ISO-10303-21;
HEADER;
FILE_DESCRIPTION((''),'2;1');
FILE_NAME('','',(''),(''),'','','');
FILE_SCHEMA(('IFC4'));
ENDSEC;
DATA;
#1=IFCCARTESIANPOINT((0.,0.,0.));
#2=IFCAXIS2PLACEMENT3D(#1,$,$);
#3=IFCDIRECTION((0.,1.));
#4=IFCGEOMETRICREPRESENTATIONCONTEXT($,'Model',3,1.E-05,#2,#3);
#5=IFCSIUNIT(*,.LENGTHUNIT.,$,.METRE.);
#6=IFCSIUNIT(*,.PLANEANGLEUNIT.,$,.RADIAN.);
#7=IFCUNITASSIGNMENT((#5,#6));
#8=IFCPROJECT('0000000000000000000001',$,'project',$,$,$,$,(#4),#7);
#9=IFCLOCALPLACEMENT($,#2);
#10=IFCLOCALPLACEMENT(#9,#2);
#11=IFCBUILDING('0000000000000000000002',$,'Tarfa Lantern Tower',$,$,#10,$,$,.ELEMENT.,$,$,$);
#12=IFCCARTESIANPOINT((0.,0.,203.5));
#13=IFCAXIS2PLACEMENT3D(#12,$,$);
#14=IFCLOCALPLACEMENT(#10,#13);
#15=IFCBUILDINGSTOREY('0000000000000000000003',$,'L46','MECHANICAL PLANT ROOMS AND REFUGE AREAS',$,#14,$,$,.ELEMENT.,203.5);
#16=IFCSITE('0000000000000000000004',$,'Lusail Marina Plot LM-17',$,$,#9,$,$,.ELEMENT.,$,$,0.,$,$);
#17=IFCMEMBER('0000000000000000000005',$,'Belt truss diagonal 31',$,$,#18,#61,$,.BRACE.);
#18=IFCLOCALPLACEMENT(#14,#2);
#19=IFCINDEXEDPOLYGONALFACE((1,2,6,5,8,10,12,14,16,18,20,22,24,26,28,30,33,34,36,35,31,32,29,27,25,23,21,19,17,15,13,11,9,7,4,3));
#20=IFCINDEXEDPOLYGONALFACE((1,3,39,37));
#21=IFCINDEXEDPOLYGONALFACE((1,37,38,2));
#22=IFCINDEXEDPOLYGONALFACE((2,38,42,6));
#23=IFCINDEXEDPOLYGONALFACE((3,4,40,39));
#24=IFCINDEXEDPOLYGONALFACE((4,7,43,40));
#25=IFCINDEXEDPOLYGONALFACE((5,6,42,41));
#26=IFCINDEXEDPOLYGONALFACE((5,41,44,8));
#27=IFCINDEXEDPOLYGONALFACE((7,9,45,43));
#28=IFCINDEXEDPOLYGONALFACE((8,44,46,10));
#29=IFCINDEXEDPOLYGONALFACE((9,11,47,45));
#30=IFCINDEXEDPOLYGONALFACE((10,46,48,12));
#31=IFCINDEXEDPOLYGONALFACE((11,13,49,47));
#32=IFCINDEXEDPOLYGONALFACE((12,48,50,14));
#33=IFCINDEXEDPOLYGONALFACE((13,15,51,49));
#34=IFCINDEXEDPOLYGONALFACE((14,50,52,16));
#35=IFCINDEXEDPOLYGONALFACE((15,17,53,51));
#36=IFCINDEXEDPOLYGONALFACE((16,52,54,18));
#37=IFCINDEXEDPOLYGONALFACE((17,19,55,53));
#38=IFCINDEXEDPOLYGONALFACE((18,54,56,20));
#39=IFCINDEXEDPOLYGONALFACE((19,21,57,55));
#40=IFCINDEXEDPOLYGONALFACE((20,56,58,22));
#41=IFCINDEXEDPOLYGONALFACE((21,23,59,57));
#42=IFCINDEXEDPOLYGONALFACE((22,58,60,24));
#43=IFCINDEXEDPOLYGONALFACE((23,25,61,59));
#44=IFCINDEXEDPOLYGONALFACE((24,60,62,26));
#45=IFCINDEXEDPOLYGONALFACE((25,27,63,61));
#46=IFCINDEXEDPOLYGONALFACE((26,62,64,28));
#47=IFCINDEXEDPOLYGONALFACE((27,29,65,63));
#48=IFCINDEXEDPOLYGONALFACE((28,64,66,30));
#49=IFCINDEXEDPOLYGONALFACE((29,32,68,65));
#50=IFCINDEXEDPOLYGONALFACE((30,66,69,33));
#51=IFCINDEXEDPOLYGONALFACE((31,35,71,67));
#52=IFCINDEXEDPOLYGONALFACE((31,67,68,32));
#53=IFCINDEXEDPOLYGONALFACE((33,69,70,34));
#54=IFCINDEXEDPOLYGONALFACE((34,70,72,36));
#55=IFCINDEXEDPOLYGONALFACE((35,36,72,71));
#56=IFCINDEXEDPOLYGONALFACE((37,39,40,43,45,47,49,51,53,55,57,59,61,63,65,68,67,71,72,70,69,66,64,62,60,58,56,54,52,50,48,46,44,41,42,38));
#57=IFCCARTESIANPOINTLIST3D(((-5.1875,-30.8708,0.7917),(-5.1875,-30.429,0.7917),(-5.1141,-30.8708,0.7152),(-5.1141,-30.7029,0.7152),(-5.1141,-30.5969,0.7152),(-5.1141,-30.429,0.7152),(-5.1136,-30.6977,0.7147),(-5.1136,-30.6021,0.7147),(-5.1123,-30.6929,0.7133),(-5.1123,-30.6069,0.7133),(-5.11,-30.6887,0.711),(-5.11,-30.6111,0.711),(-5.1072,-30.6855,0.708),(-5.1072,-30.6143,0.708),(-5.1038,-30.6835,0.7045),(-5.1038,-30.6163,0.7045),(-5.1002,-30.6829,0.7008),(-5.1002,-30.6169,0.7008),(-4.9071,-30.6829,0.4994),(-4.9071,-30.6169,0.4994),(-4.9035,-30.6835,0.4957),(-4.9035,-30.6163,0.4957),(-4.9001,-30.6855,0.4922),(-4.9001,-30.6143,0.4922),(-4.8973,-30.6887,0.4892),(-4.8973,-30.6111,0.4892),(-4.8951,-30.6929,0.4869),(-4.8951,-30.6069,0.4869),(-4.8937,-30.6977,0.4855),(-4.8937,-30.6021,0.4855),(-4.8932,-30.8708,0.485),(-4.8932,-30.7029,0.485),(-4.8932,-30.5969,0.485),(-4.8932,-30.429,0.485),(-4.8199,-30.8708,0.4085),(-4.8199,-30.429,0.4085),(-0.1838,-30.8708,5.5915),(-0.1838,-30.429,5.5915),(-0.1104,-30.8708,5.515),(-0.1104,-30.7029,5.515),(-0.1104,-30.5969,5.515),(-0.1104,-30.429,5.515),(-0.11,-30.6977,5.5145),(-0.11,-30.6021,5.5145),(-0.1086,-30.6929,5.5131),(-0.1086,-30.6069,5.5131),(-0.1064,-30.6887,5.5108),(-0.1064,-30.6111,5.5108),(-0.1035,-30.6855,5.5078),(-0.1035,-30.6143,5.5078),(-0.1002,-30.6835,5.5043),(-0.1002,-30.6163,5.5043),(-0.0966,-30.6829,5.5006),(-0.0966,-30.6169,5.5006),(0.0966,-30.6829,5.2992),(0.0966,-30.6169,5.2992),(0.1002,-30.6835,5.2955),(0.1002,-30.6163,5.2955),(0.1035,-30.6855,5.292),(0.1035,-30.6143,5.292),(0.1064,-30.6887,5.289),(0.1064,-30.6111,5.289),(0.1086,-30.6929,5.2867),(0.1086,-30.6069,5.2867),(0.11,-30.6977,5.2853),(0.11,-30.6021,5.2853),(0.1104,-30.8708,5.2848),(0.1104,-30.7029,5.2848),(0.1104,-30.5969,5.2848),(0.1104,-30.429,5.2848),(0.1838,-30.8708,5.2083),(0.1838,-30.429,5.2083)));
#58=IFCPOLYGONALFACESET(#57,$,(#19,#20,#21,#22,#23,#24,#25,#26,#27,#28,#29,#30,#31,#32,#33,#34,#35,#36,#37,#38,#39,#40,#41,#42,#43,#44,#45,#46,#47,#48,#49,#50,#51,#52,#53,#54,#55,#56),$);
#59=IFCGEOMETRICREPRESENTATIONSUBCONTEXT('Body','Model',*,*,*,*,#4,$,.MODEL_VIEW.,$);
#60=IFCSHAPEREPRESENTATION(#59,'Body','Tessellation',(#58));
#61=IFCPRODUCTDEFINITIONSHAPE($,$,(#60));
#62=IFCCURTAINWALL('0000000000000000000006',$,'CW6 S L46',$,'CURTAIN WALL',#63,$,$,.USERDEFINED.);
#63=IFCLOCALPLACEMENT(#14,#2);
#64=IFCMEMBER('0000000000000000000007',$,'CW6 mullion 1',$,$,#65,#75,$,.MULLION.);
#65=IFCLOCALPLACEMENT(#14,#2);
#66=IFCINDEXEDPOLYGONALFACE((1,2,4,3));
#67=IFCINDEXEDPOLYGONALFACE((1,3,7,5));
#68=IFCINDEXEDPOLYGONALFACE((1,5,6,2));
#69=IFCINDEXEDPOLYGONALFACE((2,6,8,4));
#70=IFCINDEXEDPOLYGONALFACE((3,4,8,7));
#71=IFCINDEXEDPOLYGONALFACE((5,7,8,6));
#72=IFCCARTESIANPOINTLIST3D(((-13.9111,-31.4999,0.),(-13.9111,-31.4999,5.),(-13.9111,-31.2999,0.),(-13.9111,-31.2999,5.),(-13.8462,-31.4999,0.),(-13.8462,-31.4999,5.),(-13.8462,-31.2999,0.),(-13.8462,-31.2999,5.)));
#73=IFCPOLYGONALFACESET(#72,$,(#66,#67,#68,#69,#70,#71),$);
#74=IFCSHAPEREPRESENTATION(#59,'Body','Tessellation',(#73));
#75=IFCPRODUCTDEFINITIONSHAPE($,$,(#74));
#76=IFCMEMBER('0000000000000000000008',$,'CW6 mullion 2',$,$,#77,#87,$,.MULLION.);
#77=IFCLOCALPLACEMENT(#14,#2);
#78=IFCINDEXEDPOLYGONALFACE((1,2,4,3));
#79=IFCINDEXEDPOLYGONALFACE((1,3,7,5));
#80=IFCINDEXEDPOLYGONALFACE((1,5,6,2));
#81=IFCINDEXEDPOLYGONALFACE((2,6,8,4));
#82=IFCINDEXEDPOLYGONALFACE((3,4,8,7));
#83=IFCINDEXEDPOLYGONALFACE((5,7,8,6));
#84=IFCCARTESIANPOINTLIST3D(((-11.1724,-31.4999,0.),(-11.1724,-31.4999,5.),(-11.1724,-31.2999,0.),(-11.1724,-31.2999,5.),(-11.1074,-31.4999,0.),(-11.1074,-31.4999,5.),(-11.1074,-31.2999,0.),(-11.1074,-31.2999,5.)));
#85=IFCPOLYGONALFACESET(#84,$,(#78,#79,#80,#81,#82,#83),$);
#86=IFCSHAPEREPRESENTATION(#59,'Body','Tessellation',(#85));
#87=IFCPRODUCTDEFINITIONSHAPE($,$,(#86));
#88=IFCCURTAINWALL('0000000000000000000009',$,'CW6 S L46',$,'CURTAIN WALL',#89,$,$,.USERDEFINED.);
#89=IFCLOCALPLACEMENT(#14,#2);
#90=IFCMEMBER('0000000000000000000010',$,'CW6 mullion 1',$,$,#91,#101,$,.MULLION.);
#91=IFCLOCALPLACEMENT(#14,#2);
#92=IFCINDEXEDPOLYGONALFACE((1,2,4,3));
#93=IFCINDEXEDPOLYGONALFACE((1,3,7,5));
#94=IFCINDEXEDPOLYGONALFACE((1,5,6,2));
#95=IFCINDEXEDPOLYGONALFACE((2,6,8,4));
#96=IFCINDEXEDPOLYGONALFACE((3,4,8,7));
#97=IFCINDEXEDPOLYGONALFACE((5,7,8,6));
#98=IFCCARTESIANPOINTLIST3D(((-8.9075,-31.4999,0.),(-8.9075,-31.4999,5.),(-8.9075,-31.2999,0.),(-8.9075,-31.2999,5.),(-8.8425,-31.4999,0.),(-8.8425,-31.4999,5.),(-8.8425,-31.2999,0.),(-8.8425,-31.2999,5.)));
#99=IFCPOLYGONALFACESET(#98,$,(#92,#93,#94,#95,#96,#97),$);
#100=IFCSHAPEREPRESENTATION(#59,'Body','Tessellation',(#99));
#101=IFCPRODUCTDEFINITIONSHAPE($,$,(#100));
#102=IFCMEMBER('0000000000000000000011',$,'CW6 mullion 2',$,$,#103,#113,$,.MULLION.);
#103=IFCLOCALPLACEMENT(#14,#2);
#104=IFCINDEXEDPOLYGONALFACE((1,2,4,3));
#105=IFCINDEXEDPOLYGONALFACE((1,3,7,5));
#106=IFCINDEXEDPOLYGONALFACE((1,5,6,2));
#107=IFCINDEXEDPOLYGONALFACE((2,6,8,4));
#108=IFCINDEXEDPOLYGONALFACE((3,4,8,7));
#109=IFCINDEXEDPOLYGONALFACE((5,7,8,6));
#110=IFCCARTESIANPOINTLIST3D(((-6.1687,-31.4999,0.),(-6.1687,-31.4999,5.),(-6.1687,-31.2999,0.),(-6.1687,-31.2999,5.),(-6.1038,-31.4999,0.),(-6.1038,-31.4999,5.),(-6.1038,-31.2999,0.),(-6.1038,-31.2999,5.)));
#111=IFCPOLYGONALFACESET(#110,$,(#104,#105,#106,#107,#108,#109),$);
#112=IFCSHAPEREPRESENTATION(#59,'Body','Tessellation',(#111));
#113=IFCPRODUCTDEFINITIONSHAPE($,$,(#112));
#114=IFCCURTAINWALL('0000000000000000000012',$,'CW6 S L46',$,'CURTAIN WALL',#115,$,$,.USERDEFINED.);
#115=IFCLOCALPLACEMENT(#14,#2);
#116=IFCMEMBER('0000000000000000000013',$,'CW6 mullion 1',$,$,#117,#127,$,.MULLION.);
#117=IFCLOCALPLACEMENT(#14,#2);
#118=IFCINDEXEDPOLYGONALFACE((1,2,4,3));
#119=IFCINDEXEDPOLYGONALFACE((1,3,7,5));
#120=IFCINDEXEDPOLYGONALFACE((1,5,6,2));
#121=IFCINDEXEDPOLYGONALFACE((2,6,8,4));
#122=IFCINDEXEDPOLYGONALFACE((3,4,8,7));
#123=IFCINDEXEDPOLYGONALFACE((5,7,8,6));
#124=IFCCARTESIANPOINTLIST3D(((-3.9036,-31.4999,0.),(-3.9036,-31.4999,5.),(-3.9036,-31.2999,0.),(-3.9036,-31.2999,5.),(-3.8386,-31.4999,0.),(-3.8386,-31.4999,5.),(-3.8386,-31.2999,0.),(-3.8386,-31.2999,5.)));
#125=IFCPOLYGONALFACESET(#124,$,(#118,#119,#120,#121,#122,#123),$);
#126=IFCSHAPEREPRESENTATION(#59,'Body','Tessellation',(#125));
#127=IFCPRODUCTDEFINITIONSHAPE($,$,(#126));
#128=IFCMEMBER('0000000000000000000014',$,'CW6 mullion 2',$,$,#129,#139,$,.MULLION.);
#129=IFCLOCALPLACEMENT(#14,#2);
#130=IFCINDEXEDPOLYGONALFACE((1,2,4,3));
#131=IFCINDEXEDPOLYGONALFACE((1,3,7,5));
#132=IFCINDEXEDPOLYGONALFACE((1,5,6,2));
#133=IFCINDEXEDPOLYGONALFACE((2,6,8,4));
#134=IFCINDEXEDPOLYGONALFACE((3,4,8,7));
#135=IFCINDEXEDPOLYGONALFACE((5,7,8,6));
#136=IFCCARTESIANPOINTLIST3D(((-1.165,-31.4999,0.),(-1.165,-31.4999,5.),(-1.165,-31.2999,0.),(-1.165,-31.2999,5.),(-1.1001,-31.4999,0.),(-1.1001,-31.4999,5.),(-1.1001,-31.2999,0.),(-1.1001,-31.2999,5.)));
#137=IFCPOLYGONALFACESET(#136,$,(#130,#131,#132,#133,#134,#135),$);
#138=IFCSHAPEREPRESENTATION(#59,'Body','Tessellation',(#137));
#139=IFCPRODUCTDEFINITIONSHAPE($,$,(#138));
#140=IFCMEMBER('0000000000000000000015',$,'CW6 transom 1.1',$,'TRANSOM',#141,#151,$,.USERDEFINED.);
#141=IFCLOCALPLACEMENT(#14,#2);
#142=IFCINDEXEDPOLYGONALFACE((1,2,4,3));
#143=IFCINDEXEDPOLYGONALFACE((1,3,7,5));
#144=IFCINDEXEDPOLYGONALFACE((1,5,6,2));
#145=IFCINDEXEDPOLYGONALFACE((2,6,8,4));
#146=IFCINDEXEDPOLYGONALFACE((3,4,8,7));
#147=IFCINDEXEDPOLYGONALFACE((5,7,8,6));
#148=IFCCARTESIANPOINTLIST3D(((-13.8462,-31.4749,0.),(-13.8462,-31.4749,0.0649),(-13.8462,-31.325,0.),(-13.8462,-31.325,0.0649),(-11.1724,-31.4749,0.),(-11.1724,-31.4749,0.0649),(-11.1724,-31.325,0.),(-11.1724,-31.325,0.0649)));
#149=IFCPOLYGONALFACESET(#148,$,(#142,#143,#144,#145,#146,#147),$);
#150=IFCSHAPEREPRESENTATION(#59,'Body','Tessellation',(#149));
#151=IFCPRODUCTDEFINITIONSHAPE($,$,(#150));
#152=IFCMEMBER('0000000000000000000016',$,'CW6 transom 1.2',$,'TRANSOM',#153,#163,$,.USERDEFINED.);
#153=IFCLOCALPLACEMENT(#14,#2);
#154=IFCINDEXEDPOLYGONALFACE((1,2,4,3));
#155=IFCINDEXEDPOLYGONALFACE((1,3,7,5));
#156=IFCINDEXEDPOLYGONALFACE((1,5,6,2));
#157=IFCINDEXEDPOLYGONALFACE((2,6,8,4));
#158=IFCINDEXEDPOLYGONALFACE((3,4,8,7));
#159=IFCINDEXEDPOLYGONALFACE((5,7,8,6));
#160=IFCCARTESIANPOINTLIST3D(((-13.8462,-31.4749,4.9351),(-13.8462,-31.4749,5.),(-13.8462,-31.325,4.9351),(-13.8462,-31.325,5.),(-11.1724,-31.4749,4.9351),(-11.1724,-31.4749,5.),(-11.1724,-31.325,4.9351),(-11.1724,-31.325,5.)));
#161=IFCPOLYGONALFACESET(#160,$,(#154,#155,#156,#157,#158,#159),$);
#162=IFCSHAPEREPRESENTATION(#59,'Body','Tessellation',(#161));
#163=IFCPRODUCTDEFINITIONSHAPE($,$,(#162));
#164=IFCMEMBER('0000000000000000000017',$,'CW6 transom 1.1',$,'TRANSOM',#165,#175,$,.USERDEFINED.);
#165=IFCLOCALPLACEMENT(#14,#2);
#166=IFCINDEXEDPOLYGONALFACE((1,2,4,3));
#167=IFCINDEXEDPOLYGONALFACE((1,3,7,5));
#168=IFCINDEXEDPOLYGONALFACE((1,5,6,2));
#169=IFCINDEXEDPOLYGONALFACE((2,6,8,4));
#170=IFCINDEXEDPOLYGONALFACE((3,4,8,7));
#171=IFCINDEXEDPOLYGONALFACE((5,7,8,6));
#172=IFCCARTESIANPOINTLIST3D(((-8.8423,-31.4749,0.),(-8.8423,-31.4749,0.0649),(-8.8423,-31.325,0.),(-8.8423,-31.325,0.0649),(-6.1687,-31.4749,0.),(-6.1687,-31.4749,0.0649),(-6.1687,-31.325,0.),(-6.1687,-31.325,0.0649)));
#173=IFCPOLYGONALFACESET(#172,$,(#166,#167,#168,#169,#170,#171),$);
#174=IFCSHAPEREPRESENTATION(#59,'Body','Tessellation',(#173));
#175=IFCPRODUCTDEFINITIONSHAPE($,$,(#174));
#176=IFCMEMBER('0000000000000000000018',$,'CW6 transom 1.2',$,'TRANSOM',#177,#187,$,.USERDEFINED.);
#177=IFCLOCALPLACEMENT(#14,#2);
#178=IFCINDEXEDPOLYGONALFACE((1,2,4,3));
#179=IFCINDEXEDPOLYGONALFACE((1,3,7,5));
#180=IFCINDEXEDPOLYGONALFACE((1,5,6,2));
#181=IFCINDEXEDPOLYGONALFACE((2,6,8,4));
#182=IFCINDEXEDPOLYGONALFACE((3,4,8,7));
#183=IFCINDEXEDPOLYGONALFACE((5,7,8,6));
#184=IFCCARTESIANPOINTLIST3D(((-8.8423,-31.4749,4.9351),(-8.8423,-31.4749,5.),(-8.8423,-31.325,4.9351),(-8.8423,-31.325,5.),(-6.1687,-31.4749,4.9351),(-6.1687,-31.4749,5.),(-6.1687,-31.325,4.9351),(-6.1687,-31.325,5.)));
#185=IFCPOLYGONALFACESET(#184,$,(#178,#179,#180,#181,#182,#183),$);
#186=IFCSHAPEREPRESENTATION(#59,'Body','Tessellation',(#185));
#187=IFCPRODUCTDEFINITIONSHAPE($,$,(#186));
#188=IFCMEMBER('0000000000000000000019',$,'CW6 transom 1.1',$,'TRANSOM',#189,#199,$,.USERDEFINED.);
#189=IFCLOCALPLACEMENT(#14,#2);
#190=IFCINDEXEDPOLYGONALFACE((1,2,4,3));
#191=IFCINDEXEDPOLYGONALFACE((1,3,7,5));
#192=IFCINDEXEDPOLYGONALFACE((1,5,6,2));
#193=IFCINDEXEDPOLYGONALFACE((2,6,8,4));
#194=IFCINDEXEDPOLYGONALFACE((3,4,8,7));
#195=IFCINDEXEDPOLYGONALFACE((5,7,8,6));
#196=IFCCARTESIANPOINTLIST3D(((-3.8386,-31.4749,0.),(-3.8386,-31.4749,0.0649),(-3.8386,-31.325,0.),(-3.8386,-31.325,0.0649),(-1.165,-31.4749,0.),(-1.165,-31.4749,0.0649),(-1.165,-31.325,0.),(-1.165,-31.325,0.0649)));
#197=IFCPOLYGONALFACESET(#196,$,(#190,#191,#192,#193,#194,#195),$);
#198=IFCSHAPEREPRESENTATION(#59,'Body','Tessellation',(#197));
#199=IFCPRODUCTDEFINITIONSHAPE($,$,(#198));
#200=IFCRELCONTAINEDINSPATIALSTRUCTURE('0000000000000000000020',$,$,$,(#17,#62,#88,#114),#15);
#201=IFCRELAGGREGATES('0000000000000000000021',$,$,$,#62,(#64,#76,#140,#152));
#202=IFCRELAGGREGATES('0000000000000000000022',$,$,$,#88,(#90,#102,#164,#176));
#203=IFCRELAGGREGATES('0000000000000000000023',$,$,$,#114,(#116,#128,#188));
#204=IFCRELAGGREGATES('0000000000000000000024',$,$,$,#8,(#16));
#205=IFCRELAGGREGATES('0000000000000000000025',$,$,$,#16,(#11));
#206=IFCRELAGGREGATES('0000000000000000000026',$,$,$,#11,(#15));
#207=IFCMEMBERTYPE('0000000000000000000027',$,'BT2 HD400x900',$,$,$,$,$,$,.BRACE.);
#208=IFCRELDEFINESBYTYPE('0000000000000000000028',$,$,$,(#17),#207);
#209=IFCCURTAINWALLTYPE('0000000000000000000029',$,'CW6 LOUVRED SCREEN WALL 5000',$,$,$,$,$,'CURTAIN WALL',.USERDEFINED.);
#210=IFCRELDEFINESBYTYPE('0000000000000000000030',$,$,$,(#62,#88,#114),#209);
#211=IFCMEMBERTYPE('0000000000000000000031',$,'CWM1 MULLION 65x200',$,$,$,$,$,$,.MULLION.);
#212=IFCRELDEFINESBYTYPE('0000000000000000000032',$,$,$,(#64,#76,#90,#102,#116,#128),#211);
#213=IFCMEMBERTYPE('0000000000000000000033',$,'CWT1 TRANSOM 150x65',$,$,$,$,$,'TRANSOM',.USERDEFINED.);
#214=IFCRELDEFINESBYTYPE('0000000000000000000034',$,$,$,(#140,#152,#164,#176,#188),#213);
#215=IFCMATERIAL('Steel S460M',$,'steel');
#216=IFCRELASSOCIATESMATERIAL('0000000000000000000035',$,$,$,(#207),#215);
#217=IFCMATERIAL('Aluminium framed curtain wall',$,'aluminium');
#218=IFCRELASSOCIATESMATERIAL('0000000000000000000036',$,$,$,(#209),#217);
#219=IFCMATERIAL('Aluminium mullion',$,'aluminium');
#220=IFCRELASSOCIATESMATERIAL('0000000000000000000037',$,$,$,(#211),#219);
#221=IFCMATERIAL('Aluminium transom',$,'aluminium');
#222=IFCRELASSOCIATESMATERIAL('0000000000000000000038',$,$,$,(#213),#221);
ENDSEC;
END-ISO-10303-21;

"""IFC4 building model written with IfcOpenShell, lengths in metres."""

from ifc_helpers import new_model, si_unit, direction, frame, origin, origin_2d, place, context, subcontext, project, spatial, rectangle, i_section, extrude, material, material_profile, profile_set, type_object, element, aggregate, save


model = new_model("IFC4")

# Units and contexts
model_context = context("Model", 3, precision=1e-05, world=origin(), true_north=direction((0.0, 1.0)))
body_context = subcontext(model_context, "Body", "Model", "MODEL_VIEW")
ifc_project = project(units=[si_unit("LENGTHUNIT", "METRE"), si_unit("PLANEANGLEUNIT", "RADIAN")], contexts=[model_context])

# Site, building, storey
site_placement = place(None, origin())
site = spatial("IfcSite", under=ifc_project, at=site_placement, Name="Lusail Marina Plot LM-17", CompositionType="ELEMENT", RefElevation=0.0)
building_placement = place(site_placement, origin())
building = spatial("IfcBuilding", under=site, at=building_placement, Name="Tarfa Lantern Tower", CompositionType="ELEMENT")
storey_placement = place(building_placement, frame((0.0, 0.0, 203.5)))
storey = spatial("IfcBuildingStorey", under=building, at=storey_placement, Name="L46", Description="MECHANICAL PLANT ROOMS AND REFUGE AREAS", CompositionType="ELEMENT", Elevation=203.5)

# Member
ifc_material_1 = material(Name="Steel S460M", Category="steel")
ifc_material_profile_1 = material_profile(ifc_material_1, i_section(OverallWidth=0.4419, OverallDepth=0.531, WebThickness=0.0659, FlangeThickness=0.106, FilletRadius=0.02, at=origin_2d()), Name="HD400x900")
ifc_profile_set_1 = profile_set([ifc_material_profile_1], Name="Steel S460M")
member_type_1 = type_object("IfcMemberType", Name="BT2 HD400x900", PredefinedType="BRACE", material=ifc_profile_set_1)
for number, where, z_axis, x_axis, name in (
    (1, (-5.0037, -30.6499, 0.6001), (0.721655, 0.0, 0.692253), (0.0, 1.0, 0.0), "Belt truss diagonal 31"),
):
    element("IfcMember", number, at=place(storey_placement, frame(where, z_axis=z_axis, x_axis=x_axis)), inside=storey, type_object=member_type_1, Name=name, PredefinedType="BRACE", context=body_context, shape_type="SweptSolid", body=[
        extrude(i_section(OverallWidth=0.4419, OverallDepth=0.531, WebThickness=0.0659, FlangeThickness=0.106, FilletRadius=0.02, at=origin_2d()), origin(), (0.0, 0.0, 1.0), 6.9336),
    ])

# Curtain walls, members
ifc_material_2 = material(Name="Aluminium framed curtain wall", Category="aluminium")
curtain_wall_type = type_object("IfcCurtainWallType", Name="CW6 LOUVRED SCREEN WALL 5000", ElementType="CURTAIN WALL", PredefinedType="USERDEFINED", material=ifc_material_2)
curtain_wall_1_placement = place(storey_placement, origin())
curtain_wall_1 = element("IfcCurtainWall", 2, at=curtain_wall_1_placement, inside=storey, type_object=curtain_wall_type, Name="CW6 S L46", ObjectType="CURTAIN WALL", PredefinedType="USERDEFINED")
ifc_material_3 = material(Name="Aluminium mullion", Category="aluminium")
ifc_material_profile_2 = material_profile(ifc_material_3, rectangle(XDim=0.0649, YDim=0.2, at=origin_2d()), Name="AL MULLION 65x200")
ifc_profile_set_2 = profile_set([ifc_material_profile_2], Name="Aluminium mullion")
member_type_2 = type_object("IfcMemberType", Name="CWM1 MULLION 65x200", PredefinedType="MULLION", material=ifc_profile_set_2)
member_1_placement = place(storey_placement, frame((-13.8787, -31.3999, 0.0), z_axis=(0.0, 0.0, 1.0), x_axis=(1.0, 0.0, 0.0)))
member_1 = element("IfcMember", 3, at=member_1_placement, type_object=member_type_2, Name="CW6 mullion 1", PredefinedType="MULLION", context=body_context, shape_type="SweptSolid", body=[
    extrude(rectangle(XDim=0.0649, YDim=0.2, at=origin_2d()), origin(), (0.0, 0.0, 1.0), 5.0),
])
member_2_placement = place(storey_placement, frame((-11.1399, -31.3999, 0.0), z_axis=(0.0, 0.0, 1.0), x_axis=(1.0, 0.0, 0.0)))
member_2 = element("IfcMember", 4, at=member_2_placement, type_object=member_type_2, Name="CW6 mullion 2", PredefinedType="MULLION", context=body_context, shape_type="SweptSolid", body=[
    extrude(rectangle(XDim=0.0649, YDim=0.2, at=origin_2d()), origin(), (0.0, 0.0, 1.0), 5.0),
])
curtain_wall_2_placement = place(storey_placement, origin())
curtain_wall_2 = element("IfcCurtainWall", 5, at=curtain_wall_2_placement, inside=storey, type_object=curtain_wall_type, Name="CW6 S L46", ObjectType="CURTAIN WALL", PredefinedType="USERDEFINED")
member_3_placement = place(storey_placement, frame((-8.875, -31.3999, 0.0), z_axis=(0.0, 0.0, 1.0), x_axis=(1.0, 0.0, 0.0)))
member_3 = element("IfcMember", 6, at=member_3_placement, type_object=member_type_2, Name="CW6 mullion 1", PredefinedType="MULLION", context=body_context, shape_type="SweptSolid", body=[
    extrude(rectangle(XDim=0.0649, YDim=0.2, at=origin_2d()), origin(), (0.0, 0.0, 1.0), 5.0),
])
member_4_placement = place(storey_placement, frame((-6.1362, -31.3999, 0.0), z_axis=(0.0, 0.0, 1.0), x_axis=(1.0, 0.0, 0.0)))
member_4 = element("IfcMember", 7, at=member_4_placement, type_object=member_type_2, Name="CW6 mullion 2", PredefinedType="MULLION", context=body_context, shape_type="SweptSolid", body=[
    extrude(rectangle(XDim=0.0649, YDim=0.2, at=origin_2d()), origin(), (0.0, 0.0, 1.0), 5.0),
])
curtain_wall_3_placement = place(storey_placement, origin())
curtain_wall_3 = element("IfcCurtainWall", 8, at=curtain_wall_3_placement, inside=storey, type_object=curtain_wall_type, Name="CW6 S L46", ObjectType="CURTAIN WALL", PredefinedType="USERDEFINED")
member_5_placement = place(storey_placement, frame((-3.8711, -31.3999, 0.0), z_axis=(0.0, 0.0, 1.0), x_axis=(1.0, 0.0, 0.0)))
member_5 = element("IfcMember", 9, at=member_5_placement, type_object=member_type_2, Name="CW6 mullion 1", PredefinedType="MULLION", context=body_context, shape_type="SweptSolid", body=[
    extrude(rectangle(XDim=0.0649, YDim=0.2, at=origin_2d()), origin(), (0.0, 0.0, 1.0), 5.0),
])
member_6_placement = place(storey_placement, frame((-1.1326, -31.3999, 0.0), z_axis=(0.0, 0.0, 1.0), x_axis=(1.0, 0.0, 0.0)))
member_6 = element("IfcMember", 10, at=member_6_placement, type_object=member_type_2, Name="CW6 mullion 2", PredefinedType="MULLION", context=body_context, shape_type="SweptSolid", body=[
    extrude(rectangle(XDim=0.0649, YDim=0.2, at=origin_2d()), origin(), (0.0, 0.0, 1.0), 5.0),
])

# Members
ifc_material_4 = material(Name="Aluminium transom", Category="aluminium")
ifc_material_profile_3 = material_profile(ifc_material_4, rectangle(XDim=0.1499, YDim=0.0649, at=origin_2d()), Name="AL TRANSOM 150x65")
ifc_profile_set_3 = profile_set([ifc_material_profile_3], Name="Aluminium transom")
member_type_3 = type_object("IfcMemberType", Name="CWT1 TRANSOM 150x65", ElementType="TRANSOM", PredefinedType="USERDEFINED", material=ifc_profile_set_3)
member_7_placement = place(storey_placement, frame((-13.8462, -31.3999, 0.0325), z_axis=(1.0, 0.0, 0.0), x_axis=(0.0, 1.0, 0.0)))
member_7 = element("IfcMember", 11, at=member_7_placement, type_object=member_type_3, Name="CW6 transom 1.1", ObjectType="TRANSOM", PredefinedType="USERDEFINED", context=body_context, shape_type="SweptSolid", body=[
    extrude(rectangle(XDim=0.1499, YDim=0.0649, at=origin_2d()), origin(), (0.0, 0.0, 1.0), 2.6738),
])
member_8_placement = place(storey_placement, frame((-13.8462, -31.3999, 4.9675), z_axis=(1.0, 0.0, 0.0), x_axis=(0.0, 1.0, 0.0)))
member_8 = element("IfcMember", 12, at=member_8_placement, type_object=member_type_3, Name="CW6 transom 1.2", ObjectType="TRANSOM", PredefinedType="USERDEFINED", context=body_context, shape_type="SweptSolid", body=[
    extrude(rectangle(XDim=0.1499, YDim=0.0649, at=origin_2d()), origin(), (0.0, 0.0, 1.0), 2.6738),
])
member_9_placement = place(storey_placement, frame((-8.8423, -31.3999, 0.0325), z_axis=(1.0, 0.0, 0.0), x_axis=(0.0, 1.0, 0.0)))
member_9 = element("IfcMember", 13, at=member_9_placement, type_object=member_type_3, Name="CW6 transom 1.1", ObjectType="TRANSOM", PredefinedType="USERDEFINED", context=body_context, shape_type="SweptSolid", body=[
    extrude(rectangle(XDim=0.1499, YDim=0.0649, at=origin_2d()), origin(), (0.0, 0.0, 1.0), 2.6736),
])
member_10_placement = place(storey_placement, frame((-8.8423, -31.3999, 4.9675), z_axis=(1.0, 0.0, 0.0), x_axis=(0.0, 1.0, 0.0)))
member_10 = element("IfcMember", 14, at=member_10_placement, type_object=member_type_3, Name="CW6 transom 1.2", ObjectType="TRANSOM", PredefinedType="USERDEFINED", context=body_context, shape_type="SweptSolid", body=[
    extrude(rectangle(XDim=0.1499, YDim=0.0649, at=origin_2d()), origin(), (0.0, 0.0, 1.0), 2.6736),
])
member_11_placement = place(storey_placement, frame((-3.8386, -31.3999, 0.0325), z_axis=(1.0, 0.0, 0.0), x_axis=(0.0, 1.0, 0.0)))
member_11 = element("IfcMember", 15, at=member_11_placement, type_object=member_type_3, Name="CW6 transom 1.1", ObjectType="TRANSOM", PredefinedType="USERDEFINED", context=body_context, shape_type="SweptSolid", body=[
    extrude(rectangle(XDim=0.1499, YDim=0.0649, at=origin_2d()), origin(), (0.0, 0.0, 1.0), 2.6736),
])

aggregate(curtain_wall_1, [member_1, member_2, member_7, member_8])
aggregate(curtain_wall_2, [member_3, member_4, member_9, member_10])
aggregate(curtain_wall_3, [member_5, member_6, member_11])

save(model, "model.ifc")
